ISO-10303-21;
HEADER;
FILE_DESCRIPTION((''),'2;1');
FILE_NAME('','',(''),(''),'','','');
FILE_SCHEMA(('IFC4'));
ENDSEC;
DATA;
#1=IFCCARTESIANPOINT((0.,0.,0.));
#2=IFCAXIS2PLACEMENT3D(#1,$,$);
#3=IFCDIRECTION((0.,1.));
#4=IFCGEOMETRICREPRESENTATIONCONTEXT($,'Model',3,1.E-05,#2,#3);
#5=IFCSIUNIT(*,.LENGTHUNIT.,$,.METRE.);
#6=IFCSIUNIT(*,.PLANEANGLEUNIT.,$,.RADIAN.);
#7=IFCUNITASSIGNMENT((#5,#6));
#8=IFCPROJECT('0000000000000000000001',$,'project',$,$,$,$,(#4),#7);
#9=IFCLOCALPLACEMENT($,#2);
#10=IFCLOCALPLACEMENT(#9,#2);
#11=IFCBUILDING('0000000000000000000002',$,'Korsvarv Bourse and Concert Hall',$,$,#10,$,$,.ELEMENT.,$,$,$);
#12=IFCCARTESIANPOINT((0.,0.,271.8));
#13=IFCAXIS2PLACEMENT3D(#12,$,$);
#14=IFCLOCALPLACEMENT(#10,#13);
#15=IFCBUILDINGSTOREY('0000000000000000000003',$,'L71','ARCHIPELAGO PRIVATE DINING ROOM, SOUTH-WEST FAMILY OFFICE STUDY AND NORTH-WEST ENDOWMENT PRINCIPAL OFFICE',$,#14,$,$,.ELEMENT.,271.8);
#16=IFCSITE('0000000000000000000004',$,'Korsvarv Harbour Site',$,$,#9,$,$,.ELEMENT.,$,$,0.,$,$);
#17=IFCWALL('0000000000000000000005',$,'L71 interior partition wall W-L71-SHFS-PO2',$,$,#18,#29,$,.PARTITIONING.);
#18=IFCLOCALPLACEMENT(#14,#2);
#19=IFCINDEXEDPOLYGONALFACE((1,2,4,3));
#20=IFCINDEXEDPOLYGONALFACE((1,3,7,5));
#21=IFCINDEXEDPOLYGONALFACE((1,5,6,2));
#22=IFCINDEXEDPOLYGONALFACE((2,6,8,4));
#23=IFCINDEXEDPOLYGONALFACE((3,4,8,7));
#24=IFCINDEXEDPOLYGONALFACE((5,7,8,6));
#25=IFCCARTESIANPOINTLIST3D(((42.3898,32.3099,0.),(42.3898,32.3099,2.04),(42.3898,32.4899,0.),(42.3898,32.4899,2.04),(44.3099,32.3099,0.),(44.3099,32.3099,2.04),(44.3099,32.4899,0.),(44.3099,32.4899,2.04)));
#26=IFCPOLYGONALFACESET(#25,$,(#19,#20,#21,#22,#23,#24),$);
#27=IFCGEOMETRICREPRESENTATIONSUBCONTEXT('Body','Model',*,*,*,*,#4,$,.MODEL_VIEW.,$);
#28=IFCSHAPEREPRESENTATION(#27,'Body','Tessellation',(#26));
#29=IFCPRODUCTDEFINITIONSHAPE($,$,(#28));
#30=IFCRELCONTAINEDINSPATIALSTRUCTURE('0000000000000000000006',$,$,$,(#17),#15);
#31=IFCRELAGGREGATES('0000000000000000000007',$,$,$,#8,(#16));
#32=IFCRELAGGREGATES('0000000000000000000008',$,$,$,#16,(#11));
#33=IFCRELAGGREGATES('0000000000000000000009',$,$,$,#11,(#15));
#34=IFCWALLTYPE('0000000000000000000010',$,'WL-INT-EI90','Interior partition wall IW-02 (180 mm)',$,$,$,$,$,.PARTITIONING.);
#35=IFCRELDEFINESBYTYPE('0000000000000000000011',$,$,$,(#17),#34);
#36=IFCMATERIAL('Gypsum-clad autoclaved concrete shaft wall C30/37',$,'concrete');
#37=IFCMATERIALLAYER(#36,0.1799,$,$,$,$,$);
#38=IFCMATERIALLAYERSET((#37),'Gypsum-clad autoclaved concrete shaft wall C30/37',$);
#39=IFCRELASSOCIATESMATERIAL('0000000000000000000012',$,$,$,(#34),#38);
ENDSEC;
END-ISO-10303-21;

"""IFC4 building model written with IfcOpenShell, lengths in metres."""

from ifc_helpers import new_model, si_unit, direction, frame, frame_2d, origin, place, context, subcontext, project, spatial, rectangle, extrude, material, layer, layer_set, type_object, element, save


model = new_model("IFC4")

# Units and contexts
model_context = context("Model", 3, precision=1e-05, world=origin(), true_north=direction((0.0, 1.0)))
body_context = subcontext(model_context, "Body", "Model", "MODEL_VIEW")
ifc_project = project(units=[si_unit("LENGTHUNIT", "METRE"), si_unit("PLANEANGLEUNIT", "RADIAN")], contexts=[model_context])

# Site, building, storey
site_placement = place(None, origin())
site = spatial("IfcSite", under=ifc_project, at=site_placement, Name="Korsvarv Harbour Site", CompositionType="ELEMENT", RefElevation=0.0)
building_placement = place(site_placement, origin())
building = spatial("IfcBuilding", under=site, at=building_placement, Name="Korsvarv Bourse and Concert Hall", CompositionType="ELEMENT")
storey_placement = place(building_placement, frame((0.0, 0.0, 271.8)))
storey = spatial("IfcBuildingStorey", under=building, at=storey_placement, Name="L71", Description="ARCHIPELAGO PRIVATE DINING ROOM, SOUTH-WEST FAMILY OFFICE STUDY AND NORTH-WEST ENDOWMENT PRINCIPAL OFFICE", CompositionType="ELEMENT", Elevation=271.8)

# Wall
ifc_material_1 = material(Name="Gypsum-clad autoclaved concrete shaft wall C30/37", Category="concrete")
ifc_layer_1 = layer(ifc_material_1, 0.1799)
ifc_layer_set_1 = layer_set([ifc_layer_1], Name="Gypsum-clad autoclaved concrete shaft wall C30/37")
wall_type_1 = type_object("IfcWallType", Name="WL-INT-EI90", Description="Interior partition wall IW-02 (180 mm)", PredefinedType="PARTITIONING", material=ifc_layer_set_1)
wall_1_placement = place(storey_placement, frame((42.3899, 32.3999, 0.0), z_axis=(0.0, 0.0, 1.0), x_axis=(1.0, 0.0, 0.0)))
element("IfcWall", 1, at=wall_1_placement, inside=storey, type_object=wall_type_1, Name="L71 interior partition wall W-L71-SHFS-PO2", PredefinedType="PARTITIONING", context=body_context, shape_type="SweptSolid", body=[
    extrude(rectangle(XDim=1.9202, YDim=0.1799, at=frame_2d((0.96, 0.0))), origin(), (0.0, 0.0, 1.0), 2.04),
])

save(model, "model.ifc")
